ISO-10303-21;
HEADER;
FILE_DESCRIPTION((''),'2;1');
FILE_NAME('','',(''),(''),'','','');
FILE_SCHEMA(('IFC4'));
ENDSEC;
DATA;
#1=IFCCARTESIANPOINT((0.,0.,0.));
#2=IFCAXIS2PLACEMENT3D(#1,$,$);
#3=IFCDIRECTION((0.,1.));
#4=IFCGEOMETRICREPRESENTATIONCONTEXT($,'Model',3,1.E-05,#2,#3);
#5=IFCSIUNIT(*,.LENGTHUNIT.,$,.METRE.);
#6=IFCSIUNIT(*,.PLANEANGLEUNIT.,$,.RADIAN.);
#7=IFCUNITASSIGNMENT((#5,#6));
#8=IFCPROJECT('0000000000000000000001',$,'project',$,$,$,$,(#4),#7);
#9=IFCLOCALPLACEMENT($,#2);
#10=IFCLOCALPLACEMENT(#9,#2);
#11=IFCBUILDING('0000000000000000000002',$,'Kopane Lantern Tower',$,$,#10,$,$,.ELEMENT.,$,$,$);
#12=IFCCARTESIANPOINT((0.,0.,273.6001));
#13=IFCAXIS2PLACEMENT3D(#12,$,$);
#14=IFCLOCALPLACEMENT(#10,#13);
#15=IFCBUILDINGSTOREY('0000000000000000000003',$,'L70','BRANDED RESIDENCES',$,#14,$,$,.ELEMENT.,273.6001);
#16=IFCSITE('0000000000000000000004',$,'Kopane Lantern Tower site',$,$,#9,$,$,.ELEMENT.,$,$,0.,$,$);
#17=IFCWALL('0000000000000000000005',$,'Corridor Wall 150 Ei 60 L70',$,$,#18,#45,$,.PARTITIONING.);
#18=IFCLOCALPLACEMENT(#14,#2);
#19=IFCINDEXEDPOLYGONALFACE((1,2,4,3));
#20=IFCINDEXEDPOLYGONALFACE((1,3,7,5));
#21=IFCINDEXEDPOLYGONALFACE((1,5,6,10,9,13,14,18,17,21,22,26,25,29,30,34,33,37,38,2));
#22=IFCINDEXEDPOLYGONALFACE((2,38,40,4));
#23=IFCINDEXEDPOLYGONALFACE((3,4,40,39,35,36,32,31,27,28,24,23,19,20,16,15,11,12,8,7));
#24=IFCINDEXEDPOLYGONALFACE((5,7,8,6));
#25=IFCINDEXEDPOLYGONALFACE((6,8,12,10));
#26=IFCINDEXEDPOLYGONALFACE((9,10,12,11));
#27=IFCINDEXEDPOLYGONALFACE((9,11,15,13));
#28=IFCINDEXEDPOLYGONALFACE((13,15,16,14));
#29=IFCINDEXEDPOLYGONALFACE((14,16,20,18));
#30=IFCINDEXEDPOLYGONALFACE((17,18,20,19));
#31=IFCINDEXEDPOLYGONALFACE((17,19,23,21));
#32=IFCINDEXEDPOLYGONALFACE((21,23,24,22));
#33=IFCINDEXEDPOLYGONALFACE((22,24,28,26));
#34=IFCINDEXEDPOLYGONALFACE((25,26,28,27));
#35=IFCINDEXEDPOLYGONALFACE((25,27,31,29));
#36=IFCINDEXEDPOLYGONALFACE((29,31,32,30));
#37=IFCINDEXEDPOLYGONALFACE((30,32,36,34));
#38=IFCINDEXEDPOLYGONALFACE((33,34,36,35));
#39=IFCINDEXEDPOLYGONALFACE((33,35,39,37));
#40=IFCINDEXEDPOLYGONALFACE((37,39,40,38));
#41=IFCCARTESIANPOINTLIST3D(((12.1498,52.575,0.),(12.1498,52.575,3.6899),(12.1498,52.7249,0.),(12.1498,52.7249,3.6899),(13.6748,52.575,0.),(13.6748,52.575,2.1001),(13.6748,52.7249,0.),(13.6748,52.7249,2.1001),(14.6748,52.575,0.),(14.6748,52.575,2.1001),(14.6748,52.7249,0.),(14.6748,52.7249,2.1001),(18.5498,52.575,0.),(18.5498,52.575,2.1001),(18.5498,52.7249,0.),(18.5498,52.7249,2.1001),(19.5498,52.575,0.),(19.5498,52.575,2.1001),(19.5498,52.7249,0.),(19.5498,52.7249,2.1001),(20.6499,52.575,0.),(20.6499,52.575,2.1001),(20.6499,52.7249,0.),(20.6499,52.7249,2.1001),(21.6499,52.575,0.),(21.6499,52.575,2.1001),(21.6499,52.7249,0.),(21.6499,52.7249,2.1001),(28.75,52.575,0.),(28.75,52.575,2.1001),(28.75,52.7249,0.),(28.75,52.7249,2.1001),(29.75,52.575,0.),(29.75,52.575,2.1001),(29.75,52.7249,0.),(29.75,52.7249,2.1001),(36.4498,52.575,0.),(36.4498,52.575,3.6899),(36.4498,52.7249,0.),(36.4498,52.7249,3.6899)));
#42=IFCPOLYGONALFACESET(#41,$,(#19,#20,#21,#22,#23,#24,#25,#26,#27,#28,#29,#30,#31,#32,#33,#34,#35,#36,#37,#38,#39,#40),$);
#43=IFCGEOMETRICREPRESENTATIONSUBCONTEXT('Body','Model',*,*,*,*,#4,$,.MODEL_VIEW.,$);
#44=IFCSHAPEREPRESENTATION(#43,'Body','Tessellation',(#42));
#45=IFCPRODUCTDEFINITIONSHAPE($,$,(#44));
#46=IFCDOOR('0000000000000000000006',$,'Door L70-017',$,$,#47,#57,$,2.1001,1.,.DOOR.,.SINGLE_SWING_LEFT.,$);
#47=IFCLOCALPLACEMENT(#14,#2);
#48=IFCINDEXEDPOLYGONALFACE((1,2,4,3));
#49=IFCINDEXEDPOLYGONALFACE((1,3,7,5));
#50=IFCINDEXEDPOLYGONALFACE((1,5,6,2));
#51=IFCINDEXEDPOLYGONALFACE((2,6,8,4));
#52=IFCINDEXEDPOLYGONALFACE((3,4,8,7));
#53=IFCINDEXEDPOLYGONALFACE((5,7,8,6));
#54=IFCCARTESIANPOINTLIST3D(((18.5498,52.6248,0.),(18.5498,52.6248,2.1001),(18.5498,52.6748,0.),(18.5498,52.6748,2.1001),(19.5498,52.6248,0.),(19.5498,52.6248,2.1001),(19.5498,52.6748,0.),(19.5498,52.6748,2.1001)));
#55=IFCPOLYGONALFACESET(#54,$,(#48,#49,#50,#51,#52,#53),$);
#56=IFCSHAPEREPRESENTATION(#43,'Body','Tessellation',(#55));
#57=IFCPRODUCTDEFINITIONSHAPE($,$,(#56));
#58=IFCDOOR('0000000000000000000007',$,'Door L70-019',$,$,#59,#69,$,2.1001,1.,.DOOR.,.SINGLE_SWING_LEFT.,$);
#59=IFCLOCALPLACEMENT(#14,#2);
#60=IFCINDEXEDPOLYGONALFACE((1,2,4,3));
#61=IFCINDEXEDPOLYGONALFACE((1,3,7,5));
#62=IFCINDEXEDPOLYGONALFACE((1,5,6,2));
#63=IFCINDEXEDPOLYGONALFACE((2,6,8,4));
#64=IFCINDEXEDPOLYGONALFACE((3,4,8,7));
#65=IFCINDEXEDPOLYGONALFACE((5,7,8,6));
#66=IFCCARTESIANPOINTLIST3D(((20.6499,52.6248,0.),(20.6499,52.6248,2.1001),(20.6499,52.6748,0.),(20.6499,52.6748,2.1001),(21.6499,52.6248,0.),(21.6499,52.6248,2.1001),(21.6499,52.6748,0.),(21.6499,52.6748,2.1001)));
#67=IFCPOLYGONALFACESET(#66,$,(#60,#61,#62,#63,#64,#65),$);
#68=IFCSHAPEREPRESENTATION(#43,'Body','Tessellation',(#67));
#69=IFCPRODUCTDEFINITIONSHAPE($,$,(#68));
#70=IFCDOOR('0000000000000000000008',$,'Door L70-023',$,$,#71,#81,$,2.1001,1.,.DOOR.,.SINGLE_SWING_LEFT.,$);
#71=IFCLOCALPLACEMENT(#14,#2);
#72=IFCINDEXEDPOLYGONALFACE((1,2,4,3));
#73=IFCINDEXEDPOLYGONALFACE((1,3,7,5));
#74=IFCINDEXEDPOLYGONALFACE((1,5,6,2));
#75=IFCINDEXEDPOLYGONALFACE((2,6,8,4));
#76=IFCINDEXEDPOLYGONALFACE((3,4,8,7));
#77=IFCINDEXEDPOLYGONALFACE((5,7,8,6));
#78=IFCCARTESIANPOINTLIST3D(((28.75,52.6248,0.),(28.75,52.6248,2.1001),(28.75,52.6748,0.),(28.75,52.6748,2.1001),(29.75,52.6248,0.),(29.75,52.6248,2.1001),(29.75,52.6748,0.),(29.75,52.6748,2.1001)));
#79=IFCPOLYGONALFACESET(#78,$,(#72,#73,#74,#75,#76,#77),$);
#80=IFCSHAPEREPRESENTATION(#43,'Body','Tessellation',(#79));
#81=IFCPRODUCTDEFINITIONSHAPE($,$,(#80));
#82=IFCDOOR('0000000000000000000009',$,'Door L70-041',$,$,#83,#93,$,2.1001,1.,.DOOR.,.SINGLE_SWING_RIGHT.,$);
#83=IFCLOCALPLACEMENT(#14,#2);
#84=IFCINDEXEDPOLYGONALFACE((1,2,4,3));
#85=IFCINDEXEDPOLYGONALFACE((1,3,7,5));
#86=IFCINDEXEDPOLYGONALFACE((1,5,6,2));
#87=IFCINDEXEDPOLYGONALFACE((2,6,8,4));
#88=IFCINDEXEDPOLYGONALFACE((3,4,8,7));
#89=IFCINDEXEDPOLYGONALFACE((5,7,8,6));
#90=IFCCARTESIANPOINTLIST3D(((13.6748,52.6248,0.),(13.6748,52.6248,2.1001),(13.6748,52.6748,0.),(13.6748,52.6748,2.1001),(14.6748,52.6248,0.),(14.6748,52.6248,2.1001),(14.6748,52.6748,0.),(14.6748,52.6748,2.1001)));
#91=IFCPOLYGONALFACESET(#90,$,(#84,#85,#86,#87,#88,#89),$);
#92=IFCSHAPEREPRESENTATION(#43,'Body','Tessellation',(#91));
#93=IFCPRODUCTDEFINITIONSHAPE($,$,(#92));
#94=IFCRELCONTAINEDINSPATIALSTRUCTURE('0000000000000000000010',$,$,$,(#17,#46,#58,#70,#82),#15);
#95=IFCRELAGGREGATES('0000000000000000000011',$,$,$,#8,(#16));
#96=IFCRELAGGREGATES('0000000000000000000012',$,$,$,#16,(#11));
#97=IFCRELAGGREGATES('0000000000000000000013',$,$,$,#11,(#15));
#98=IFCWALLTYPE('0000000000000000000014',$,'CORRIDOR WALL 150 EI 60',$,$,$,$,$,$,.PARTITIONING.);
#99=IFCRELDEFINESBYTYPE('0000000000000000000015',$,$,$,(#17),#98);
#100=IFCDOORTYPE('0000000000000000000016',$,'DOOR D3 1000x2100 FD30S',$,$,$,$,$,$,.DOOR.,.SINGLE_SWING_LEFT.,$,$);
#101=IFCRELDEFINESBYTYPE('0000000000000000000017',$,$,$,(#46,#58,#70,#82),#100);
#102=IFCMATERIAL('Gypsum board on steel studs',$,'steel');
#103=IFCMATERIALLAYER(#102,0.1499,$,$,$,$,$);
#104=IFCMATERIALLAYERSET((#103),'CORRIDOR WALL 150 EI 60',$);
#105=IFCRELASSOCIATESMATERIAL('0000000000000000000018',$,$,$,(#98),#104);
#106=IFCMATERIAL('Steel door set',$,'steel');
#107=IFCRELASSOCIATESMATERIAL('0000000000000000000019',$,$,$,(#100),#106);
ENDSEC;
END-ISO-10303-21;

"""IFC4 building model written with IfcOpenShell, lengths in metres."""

from ifc_helpers import new_model, si_unit, direction, frame, frame_2d, origin, place, context, subcontext, project, spatial, rectangle, extrude, material, layer, layer_set, type_object, element, fill, save


model = new_model("IFC4")

# Units and contexts
model_context = context("Model", 3, precision=1e-05, world=origin(), true_north=direction((0.0, 1.0)))
body_context = subcontext(model_context, "Body", "Model", "MODEL_VIEW")
ifc_project = project(units=[si_unit("LENGTHUNIT", "METRE"), si_unit("PLANEANGLEUNIT", "RADIAN")], contexts=[model_context])

# Site, building, storey
site_placement = place(None, origin())
site = spatial("IfcSite", under=ifc_project, at=site_placement, Name="Kopane Lantern Tower site", CompositionType="ELEMENT", RefElevation=0.0)
building_placement = place(site_placement, origin())
building = spatial("IfcBuilding", under=site, at=building_placement, Name="Kopane Lantern Tower", CompositionType="ELEMENT")
storey_placement = place(building_placement, frame((0.0, 0.0, 273.6001)))
storey = spatial("IfcBuildingStorey", under=building, at=storey_placement, Name="L70", Description="BRANDED RESIDENCES", CompositionType="ELEMENT", Elevation=273.6001)

# Wall, openings, doors
ifc_material_1 = material(Name="Gypsum board on steel studs", Category="steel")
ifc_layer_1 = layer(ifc_material_1, 0.1499)
ifc_layer_set_1 = layer_set([ifc_layer_1], Name="CORRIDOR WALL 150 EI 60")
wall_type_1 = type_object("IfcWallType", Name="CORRIDOR WALL 150 EI 60", PredefinedType="PARTITIONING", material=ifc_layer_set_1)
wall_1_placement = place(storey_placement, frame((12.1499, 52.6499, 0.0), z_axis=(0.0, 0.0, 1.0), x_axis=(1.0, 0.0, 0.0)))
wall_1 = element("IfcWall", 1, at=wall_1_placement, inside=storey, type_object=wall_type_1, Name="Corridor Wall 150 Ei 60 L70", PredefinedType="PARTITIONING", context=body_context, shape_type="SweptSolid", body=[
    extrude(rectangle(XDim=24.3, YDim=0.1499, at=frame_2d((12.1499, 0.0))), origin(), (0.0, 0.0, 1.0), 3.6899),
])
opening_1_placement = place(wall_1_placement, frame((6.3999, 0.0, 0.0)))
opening_1 = element("IfcOpeningElement", 2, at=opening_1_placement, cuts=wall_1, PredefinedType="OPENING", context=body_context, shape_type="SweptSolid", body=[
    extrude(rectangle(XDim=1.0, YDim=2.1001, at=frame_2d((0.5, 1.05))), frame((0.0, 0.085, 0.0), z_axis=(0.0, -1.0, 0.0), x_axis=(1.0, 0.0, 0.0)), (0.0, 0.0, 1.0), 0.1699),
])
opening_2_placement = place(wall_1_placement, frame((8.5, 0.0, 0.0)))
opening_2 = element("IfcOpeningElement", 3, at=opening_2_placement, cuts=wall_1, PredefinedType="OPENING", context=body_context, shape_type="SweptSolid", body=[
    extrude(rectangle(XDim=1.0, YDim=2.1001, at=frame_2d((0.5, 1.05))), frame((0.0, 0.085, 0.0), z_axis=(0.0, -1.0, 0.0), x_axis=(1.0, 0.0, 0.0)), (0.0, 0.0, 1.0), 0.1699),
])
opening_3_placement = place(wall_1_placement, frame((16.6001, 0.0, 0.0)))
opening_3 = element("IfcOpeningElement", 4, at=opening_3_placement, cuts=wall_1, PredefinedType="OPENING", context=body_context, shape_type="SweptSolid", body=[
    extrude(rectangle(XDim=1.0, YDim=2.1001, at=frame_2d((0.5, 1.05))), frame((0.0, 0.085, 0.0), z_axis=(0.0, -1.0, 0.0), x_axis=(1.0, 0.0, 0.0)), (0.0, 0.0, 1.0), 0.1699),
])
opening_4_placement = place(wall_1_placement, frame((1.5249, 0.0, 0.0)))
opening_4 = element("IfcOpeningElement", 5, at=opening_4_placement, cuts=wall_1, PredefinedType="OPENING", context=body_context, shape_type="SweptSolid", body=[
    extrude(rectangle(XDim=1.0, YDim=2.1001, at=frame_2d((0.5, 1.05))), frame((0.0, 0.085, 0.0), z_axis=(0.0, -1.0, 0.0), x_axis=(1.0, 0.0, 0.0)), (0.0, 0.0, 1.0), 0.1699),
])
ifc_material_2 = material(Name="Steel door set", Category="steel")
door_type_1 = type_object("IfcDoorType", Name="DOOR D3 1000x2100 FD30S", OperationType="SINGLE_SWING_LEFT", PredefinedType="DOOR", material=ifc_material_2)
door_1_placement = place(opening_1_placement, origin())
door_1 = element("IfcDoor", 6, at=door_1_placement, inside=storey, type_object=door_type_1, Name="Door L70-017", OperationType="SINGLE_SWING_LEFT", OverallHeight=2.1001, OverallWidth=1.0, PredefinedType="DOOR", context=body_context, shape_type="SweptSolid", body=[
    extrude(rectangle(XDim=1.0, YDim=2.1001, at=frame_2d((0.5, 1.05))), frame((0.0, 0.0249, 0.0), z_axis=(0.0, -1.0, 0.0), x_axis=(1.0, 0.0, 0.0)), (0.0, 0.0, 1.0), 0.05),
])
fill(opening_1, door_1)
door_2_placement = place(opening_2_placement, origin())
door_2 = element("IfcDoor", 7, at=door_2_placement, inside=storey, type_object=door_type_1, Name="Door L70-019", OperationType="SINGLE_SWING_LEFT", OverallHeight=2.1001, OverallWidth=1.0, PredefinedType="DOOR", context=body_context, shape_type="SweptSolid", body=[
    extrude(rectangle(XDim=1.0, YDim=2.1001, at=frame_2d((0.5, 1.05))), frame((0.0, 0.0249, 0.0), z_axis=(0.0, -1.0, 0.0), x_axis=(1.0, 0.0, 0.0)), (0.0, 0.0, 1.0), 0.05),
])
fill(opening_2, door_2)
door_3_placement = place(opening_3_placement, origin())
door_3 = element("IfcDoor", 8, at=door_3_placement, inside=storey, type_object=door_type_1, Name="Door L70-023", OperationType="SINGLE_SWING_LEFT", OverallHeight=2.1001, OverallWidth=1.0, PredefinedType="DOOR", context=body_context, shape_type="SweptSolid", body=[
    extrude(rectangle(XDim=1.0, YDim=2.1001, at=frame_2d((0.5, 1.05))), frame((0.0, 0.0249, 0.0), z_axis=(0.0, -1.0, 0.0), x_axis=(1.0, 0.0, 0.0)), (0.0, 0.0, 1.0), 0.05),
])
fill(opening_3, door_3)
door_4_placement = place(opening_4_placement, origin())
door_4 = element("IfcDoor", 9, at=door_4_placement, inside=storey, type_object=door_type_1, Name="Door L70-041", OperationType="SINGLE_SWING_RIGHT", OverallHeight=2.1001, OverallWidth=1.0, PredefinedType="DOOR", context=body_context, shape_type="SweptSolid", body=[
    extrude(rectangle(XDim=1.0, YDim=2.1001, at=frame_2d((0.5, 1.05))), frame((0.0, 0.0249, 0.0), z_axis=(0.0, -1.0, 0.0), x_axis=(1.0, 0.0, 0.0)), (0.0, 0.0, 1.0), 0.05),
])
fill(opening_4, door_4)

save(model, "model.ifc")
